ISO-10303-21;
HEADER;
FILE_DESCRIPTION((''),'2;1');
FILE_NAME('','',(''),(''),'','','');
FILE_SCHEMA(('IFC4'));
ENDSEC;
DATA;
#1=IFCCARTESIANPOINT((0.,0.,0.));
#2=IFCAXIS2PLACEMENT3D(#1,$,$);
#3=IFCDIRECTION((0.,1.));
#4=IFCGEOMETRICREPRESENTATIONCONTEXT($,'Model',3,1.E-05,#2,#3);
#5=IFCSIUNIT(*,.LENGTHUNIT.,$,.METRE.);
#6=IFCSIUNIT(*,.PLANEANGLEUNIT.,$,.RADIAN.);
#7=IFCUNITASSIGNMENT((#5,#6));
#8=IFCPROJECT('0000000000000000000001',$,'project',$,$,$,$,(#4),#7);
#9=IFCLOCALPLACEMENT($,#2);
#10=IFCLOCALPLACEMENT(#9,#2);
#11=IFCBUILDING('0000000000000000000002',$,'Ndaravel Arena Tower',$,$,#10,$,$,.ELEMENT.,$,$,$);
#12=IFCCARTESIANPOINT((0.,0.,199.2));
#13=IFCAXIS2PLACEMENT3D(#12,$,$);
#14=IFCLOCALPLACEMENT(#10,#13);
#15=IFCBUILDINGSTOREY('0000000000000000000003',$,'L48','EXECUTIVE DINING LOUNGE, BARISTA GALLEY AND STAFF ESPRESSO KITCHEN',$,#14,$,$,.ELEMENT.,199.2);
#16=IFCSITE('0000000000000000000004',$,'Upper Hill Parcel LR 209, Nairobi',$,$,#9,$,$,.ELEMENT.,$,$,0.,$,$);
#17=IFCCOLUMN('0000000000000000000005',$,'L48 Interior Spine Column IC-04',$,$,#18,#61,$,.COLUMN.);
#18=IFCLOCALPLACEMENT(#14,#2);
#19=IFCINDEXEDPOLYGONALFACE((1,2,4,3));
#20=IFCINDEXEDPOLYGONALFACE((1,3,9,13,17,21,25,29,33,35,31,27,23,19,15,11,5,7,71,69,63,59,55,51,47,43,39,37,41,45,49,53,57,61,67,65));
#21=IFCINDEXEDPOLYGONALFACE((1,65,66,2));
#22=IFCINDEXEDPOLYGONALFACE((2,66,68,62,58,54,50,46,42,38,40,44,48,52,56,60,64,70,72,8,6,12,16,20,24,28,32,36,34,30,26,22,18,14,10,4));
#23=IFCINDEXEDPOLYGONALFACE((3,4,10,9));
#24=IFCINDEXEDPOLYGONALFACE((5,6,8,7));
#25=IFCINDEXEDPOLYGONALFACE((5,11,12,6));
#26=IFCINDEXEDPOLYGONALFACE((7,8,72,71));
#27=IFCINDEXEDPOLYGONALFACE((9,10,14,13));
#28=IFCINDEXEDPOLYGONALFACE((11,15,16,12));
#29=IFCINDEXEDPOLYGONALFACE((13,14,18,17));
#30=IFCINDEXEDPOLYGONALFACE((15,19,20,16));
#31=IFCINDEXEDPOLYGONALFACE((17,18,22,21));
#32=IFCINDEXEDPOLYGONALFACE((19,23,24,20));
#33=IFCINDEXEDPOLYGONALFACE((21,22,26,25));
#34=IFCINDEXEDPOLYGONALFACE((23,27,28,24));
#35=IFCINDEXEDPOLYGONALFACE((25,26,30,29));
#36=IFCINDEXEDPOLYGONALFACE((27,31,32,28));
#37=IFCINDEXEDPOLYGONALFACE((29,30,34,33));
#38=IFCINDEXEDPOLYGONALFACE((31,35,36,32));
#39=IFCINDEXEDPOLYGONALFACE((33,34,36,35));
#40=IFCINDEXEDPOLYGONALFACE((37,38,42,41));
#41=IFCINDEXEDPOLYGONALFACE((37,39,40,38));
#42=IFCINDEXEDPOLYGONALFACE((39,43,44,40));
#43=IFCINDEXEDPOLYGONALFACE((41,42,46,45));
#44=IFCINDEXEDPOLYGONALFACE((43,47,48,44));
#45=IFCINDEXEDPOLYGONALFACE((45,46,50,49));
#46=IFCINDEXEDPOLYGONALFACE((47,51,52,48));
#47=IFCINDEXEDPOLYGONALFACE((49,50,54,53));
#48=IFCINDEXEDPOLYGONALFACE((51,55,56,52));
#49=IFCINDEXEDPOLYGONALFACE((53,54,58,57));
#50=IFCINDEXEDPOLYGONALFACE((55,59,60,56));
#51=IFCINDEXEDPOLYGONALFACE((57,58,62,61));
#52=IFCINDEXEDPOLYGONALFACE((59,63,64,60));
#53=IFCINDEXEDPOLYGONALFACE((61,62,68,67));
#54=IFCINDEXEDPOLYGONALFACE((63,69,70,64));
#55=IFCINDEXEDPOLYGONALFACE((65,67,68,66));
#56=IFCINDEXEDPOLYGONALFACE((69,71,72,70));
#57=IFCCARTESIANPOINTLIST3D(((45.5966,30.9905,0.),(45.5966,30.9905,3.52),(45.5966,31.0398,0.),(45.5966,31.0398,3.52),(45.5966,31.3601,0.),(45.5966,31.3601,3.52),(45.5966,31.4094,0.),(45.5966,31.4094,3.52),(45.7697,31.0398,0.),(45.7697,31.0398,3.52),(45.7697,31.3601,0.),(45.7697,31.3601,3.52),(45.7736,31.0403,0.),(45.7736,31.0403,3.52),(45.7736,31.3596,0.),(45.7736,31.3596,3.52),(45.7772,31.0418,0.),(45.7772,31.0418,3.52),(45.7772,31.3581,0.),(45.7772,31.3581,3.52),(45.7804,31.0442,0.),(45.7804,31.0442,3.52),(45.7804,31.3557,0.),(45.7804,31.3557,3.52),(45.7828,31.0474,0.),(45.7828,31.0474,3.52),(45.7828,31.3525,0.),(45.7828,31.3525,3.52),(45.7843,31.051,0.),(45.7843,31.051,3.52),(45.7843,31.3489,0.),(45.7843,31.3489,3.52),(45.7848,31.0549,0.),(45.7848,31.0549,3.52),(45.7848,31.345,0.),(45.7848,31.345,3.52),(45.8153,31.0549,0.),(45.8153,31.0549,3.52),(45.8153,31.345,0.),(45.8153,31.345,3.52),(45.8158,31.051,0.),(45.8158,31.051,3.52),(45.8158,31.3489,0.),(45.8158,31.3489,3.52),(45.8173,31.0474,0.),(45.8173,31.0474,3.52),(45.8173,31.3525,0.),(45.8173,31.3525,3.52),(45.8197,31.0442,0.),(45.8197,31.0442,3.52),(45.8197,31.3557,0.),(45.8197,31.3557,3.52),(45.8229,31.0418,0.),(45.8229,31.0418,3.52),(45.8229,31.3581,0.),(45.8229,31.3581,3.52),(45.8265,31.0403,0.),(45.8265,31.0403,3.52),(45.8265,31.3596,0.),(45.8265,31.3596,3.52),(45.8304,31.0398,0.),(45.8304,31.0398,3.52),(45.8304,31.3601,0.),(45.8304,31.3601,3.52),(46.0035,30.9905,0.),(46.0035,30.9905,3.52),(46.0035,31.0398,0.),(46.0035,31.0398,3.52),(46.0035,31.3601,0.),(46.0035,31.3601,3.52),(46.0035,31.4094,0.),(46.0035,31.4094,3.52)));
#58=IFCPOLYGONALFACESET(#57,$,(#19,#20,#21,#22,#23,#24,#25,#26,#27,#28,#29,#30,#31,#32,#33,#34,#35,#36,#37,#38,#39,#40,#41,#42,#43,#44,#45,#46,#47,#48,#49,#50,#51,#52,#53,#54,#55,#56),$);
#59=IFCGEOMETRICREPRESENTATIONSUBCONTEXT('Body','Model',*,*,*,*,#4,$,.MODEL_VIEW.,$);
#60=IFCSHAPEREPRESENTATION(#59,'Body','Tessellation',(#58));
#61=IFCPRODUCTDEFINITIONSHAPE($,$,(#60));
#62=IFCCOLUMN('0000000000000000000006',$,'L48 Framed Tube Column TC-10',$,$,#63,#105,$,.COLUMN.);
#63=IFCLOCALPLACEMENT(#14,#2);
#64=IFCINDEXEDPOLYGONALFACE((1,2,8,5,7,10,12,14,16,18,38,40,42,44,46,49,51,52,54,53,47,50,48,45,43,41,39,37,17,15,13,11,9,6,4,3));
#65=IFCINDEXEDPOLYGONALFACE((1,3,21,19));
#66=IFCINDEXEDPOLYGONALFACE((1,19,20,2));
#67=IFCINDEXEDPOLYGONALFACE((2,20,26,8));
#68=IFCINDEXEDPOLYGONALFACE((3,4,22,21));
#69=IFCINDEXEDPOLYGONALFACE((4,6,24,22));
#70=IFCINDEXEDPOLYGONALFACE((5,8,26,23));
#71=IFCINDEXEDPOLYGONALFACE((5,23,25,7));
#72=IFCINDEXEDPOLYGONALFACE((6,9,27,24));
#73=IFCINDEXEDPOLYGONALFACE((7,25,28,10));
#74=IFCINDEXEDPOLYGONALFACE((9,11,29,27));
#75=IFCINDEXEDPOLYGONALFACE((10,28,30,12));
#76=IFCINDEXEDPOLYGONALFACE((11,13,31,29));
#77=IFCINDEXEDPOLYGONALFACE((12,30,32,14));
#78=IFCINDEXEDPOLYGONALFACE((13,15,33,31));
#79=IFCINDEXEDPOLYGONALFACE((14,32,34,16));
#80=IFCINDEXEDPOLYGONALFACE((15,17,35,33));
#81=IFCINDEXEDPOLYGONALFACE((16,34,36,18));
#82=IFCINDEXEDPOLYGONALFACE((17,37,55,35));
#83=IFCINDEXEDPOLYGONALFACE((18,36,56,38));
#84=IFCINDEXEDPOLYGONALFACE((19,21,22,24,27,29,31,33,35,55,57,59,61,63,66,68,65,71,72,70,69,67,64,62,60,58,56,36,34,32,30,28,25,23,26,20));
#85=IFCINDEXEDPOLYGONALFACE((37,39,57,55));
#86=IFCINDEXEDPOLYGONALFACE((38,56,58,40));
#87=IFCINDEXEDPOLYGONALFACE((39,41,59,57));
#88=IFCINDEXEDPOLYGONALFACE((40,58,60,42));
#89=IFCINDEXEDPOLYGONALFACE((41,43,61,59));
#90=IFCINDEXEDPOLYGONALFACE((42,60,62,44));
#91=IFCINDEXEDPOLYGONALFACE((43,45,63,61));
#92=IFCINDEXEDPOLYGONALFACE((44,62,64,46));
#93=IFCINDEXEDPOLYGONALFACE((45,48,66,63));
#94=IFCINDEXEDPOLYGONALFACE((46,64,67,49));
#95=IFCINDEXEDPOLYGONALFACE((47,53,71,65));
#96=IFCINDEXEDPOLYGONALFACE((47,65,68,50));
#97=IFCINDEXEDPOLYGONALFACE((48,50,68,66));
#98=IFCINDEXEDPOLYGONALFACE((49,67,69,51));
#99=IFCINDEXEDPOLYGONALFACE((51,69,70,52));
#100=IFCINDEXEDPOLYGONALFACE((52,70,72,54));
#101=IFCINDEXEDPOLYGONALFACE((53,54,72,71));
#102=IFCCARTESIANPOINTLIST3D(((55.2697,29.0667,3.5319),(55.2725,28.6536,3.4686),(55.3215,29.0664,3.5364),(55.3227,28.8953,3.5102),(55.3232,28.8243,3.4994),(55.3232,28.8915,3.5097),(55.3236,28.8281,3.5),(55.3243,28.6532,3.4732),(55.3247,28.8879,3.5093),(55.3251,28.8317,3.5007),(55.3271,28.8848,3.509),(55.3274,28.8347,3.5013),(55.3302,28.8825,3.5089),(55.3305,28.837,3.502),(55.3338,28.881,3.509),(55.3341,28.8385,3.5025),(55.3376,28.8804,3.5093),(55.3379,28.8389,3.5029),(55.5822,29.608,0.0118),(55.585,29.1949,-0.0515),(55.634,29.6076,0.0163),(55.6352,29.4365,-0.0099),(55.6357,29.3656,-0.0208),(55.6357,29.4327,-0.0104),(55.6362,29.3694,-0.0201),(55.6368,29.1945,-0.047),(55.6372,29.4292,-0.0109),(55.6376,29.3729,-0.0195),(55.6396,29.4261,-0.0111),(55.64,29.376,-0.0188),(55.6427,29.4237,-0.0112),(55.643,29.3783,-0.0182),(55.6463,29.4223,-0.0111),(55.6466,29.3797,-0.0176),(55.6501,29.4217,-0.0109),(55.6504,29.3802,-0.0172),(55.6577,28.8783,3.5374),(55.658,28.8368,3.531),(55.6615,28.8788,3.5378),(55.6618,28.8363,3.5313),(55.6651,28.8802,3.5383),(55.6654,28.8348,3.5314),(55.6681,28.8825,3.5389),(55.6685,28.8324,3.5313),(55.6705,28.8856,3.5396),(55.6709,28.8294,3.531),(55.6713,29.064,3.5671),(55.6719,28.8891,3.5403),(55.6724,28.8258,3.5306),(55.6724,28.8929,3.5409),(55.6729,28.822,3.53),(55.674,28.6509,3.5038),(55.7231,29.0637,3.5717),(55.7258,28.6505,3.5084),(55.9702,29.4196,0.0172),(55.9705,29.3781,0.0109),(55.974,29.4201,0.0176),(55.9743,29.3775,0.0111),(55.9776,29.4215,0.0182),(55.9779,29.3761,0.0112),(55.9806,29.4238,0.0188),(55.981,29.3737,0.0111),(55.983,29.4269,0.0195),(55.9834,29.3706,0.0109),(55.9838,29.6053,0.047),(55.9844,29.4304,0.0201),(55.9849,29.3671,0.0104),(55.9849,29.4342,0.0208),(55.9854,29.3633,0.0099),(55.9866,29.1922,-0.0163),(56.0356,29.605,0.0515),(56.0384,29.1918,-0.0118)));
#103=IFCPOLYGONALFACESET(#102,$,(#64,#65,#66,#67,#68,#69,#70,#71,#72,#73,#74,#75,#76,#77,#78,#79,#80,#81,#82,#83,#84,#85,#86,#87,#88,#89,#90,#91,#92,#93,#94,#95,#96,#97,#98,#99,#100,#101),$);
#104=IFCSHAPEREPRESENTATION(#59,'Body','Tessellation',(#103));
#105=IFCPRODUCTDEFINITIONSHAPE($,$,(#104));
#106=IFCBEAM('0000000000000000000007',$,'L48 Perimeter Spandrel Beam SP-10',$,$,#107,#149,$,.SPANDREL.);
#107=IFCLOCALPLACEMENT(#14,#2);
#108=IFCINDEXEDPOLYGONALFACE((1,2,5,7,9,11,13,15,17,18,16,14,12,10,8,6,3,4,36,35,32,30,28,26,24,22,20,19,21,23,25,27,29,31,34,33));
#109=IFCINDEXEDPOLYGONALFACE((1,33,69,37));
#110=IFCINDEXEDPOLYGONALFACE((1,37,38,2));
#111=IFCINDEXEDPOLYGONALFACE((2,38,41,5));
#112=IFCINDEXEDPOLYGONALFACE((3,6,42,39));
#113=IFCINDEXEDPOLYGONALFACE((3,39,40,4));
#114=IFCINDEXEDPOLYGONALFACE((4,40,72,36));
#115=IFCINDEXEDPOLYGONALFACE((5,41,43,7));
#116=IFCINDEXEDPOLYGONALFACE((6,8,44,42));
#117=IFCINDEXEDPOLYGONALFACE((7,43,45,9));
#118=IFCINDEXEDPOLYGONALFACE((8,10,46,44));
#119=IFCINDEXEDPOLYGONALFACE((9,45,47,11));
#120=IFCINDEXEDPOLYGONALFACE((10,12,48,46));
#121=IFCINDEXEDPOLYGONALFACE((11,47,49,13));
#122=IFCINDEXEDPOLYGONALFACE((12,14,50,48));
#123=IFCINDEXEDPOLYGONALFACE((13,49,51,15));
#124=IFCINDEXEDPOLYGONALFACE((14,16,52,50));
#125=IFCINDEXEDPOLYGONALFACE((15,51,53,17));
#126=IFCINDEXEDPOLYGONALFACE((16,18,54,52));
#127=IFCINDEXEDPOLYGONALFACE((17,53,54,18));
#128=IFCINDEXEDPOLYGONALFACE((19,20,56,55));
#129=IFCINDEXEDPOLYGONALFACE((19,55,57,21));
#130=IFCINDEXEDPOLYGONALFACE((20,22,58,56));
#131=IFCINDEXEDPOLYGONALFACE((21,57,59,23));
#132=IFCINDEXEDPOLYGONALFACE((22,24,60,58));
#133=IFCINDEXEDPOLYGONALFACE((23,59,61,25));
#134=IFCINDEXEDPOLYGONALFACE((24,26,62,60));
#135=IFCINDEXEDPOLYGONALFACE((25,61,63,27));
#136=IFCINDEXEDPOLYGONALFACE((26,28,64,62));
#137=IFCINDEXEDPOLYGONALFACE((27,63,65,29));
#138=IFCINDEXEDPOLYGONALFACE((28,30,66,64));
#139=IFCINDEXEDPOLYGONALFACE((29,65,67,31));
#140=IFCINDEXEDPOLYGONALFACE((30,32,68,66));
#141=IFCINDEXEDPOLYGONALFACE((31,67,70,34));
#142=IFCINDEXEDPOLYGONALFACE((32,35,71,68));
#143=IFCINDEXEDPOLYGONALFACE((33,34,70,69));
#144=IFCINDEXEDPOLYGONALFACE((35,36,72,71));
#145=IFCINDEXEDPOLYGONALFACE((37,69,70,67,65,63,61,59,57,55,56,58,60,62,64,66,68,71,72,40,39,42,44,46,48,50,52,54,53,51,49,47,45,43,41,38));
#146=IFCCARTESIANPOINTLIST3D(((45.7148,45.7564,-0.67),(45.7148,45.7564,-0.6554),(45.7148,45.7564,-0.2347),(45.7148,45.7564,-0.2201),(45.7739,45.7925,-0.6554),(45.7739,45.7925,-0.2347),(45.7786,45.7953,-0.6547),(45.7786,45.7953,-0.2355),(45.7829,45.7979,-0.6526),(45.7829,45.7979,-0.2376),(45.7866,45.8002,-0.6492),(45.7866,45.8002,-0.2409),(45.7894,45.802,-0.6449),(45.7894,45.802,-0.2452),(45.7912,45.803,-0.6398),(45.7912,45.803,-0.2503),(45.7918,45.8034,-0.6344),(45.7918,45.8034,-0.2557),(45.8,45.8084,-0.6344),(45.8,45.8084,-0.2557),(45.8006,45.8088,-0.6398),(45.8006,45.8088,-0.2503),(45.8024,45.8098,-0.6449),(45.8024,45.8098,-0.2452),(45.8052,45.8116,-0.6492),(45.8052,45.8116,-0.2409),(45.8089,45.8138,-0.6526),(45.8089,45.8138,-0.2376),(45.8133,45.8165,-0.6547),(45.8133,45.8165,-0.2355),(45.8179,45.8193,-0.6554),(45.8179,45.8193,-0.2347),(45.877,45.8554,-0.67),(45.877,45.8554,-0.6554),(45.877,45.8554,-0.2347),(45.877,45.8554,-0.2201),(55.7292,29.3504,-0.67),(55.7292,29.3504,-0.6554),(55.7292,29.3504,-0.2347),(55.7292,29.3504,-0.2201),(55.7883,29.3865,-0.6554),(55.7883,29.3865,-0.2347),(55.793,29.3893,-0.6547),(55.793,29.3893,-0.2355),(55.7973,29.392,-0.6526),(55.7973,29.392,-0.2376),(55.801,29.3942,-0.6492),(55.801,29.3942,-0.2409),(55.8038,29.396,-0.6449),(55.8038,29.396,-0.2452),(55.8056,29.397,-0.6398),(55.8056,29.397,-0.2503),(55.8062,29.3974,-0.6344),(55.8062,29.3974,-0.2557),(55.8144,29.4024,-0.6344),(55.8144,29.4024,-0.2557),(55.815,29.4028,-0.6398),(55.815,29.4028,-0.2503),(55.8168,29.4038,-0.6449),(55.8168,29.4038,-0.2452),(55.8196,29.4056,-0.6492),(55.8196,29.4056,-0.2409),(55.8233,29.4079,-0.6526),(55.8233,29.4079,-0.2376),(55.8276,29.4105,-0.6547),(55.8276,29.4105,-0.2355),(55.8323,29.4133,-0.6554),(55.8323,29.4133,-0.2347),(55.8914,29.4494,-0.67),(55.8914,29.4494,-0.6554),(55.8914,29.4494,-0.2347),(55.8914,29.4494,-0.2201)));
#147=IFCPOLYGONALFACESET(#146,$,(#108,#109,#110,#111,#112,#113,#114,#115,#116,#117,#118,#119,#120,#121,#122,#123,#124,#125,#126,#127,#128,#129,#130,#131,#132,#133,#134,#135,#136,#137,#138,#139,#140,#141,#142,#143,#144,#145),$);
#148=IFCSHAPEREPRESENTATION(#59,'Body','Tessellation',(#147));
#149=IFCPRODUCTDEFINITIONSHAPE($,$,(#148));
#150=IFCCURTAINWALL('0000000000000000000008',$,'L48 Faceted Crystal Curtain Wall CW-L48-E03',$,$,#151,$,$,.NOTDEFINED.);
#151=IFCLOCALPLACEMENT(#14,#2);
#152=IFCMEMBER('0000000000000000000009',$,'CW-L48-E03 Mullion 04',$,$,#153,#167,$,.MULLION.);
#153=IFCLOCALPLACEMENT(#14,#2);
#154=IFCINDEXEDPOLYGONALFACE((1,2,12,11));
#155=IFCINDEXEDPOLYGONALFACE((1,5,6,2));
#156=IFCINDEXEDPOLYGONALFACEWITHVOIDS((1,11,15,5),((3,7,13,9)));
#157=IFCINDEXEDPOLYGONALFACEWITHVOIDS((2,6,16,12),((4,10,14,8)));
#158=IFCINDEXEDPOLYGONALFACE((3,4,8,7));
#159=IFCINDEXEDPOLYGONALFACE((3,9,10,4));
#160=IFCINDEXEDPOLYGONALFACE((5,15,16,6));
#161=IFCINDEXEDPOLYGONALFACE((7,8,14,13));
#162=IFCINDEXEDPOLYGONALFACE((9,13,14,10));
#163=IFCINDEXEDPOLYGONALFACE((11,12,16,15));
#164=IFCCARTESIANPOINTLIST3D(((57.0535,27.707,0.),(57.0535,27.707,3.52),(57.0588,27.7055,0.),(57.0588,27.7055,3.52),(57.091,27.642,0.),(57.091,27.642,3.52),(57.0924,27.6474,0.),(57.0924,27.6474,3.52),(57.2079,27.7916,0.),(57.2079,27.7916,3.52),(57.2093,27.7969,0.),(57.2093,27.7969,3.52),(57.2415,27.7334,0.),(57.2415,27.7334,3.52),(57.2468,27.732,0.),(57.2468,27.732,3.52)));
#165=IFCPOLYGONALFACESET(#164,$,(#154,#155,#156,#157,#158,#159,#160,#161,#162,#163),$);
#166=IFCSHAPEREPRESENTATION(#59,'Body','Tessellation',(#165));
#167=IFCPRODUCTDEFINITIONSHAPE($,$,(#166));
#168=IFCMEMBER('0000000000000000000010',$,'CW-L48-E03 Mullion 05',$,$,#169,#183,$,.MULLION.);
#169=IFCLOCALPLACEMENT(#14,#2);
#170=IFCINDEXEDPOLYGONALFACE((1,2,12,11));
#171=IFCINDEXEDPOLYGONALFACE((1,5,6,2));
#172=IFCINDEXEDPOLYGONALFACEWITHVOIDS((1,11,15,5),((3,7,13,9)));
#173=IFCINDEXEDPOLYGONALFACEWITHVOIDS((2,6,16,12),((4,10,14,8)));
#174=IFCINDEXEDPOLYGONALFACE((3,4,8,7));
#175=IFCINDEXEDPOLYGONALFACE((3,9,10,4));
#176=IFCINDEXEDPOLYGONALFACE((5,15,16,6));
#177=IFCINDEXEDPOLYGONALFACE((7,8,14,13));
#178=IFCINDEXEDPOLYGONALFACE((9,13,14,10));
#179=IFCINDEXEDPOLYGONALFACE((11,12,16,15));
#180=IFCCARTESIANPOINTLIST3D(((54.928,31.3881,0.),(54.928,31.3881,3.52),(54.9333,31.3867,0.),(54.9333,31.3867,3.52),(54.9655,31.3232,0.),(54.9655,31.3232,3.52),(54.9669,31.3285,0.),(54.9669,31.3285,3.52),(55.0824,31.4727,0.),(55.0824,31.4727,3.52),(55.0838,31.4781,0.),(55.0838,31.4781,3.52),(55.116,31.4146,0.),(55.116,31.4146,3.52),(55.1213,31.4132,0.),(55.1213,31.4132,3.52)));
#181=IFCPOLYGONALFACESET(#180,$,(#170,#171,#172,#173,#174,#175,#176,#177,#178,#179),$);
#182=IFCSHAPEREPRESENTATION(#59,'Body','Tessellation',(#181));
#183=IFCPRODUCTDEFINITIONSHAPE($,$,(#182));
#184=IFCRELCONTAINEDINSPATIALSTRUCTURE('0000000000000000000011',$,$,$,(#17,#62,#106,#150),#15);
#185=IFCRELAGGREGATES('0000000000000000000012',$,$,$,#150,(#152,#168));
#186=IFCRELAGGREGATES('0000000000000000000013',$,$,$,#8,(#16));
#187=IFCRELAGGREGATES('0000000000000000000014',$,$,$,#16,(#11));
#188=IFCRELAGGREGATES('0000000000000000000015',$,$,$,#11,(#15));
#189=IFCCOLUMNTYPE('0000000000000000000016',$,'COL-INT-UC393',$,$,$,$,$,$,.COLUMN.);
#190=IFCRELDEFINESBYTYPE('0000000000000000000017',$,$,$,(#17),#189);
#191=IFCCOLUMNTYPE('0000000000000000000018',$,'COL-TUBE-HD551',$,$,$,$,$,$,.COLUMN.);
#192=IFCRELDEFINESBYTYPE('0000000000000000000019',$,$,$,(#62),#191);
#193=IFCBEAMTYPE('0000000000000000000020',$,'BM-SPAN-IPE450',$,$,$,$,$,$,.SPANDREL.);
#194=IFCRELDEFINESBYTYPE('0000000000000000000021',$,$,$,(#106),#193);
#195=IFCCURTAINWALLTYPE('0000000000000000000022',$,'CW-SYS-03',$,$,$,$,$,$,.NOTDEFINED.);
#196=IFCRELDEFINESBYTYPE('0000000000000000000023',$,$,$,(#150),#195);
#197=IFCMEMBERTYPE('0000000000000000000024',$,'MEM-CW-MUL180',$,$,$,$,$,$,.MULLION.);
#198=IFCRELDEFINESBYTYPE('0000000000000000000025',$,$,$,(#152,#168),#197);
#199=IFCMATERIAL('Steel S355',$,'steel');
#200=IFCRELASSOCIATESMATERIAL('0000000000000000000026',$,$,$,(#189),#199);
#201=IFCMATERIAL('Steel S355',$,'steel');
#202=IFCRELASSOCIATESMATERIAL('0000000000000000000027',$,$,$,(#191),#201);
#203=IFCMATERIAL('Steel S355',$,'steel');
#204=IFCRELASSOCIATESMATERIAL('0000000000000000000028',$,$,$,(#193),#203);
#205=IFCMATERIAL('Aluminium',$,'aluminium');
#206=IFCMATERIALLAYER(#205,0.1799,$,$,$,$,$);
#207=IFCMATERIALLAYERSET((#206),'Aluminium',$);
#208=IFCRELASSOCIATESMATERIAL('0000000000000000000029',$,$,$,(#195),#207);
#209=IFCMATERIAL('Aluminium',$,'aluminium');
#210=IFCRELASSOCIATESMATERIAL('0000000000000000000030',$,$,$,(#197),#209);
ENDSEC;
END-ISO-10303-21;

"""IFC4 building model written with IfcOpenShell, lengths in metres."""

from ifc_helpers import new_model, si_unit, direction, frame, origin, origin_2d, place, context, subcontext, project, spatial, hollow_rectangle, i_section, extrude, material, layer, layer_set, material_profile, profile_set, type_object, element, aggregate, save


model = new_model("IFC4")

# Units and contexts
model_context = context("Model", 3, precision=1e-05, world=origin(), true_north=direction((0.0, 1.0)))
body_context = subcontext(model_context, "Body", "Model", "MODEL_VIEW")
ifc_project = project(units=[si_unit("LENGTHUNIT", "METRE"), si_unit("PLANEANGLEUNIT", "RADIAN")], contexts=[model_context])

# Site, building, storey
site_placement = place(None, origin())
site = spatial("IfcSite", under=ifc_project, at=site_placement, Name="Upper Hill Parcel LR 209, Nairobi", CompositionType="ELEMENT", RefElevation=0.0)
building_placement = place(site_placement, origin())
building = spatial("IfcBuilding", under=site, at=building_placement, Name="Ndaravel Arena Tower", CompositionType="ELEMENT")
storey_placement = place(building_placement, frame((0.0, 0.0, 199.2)))
storey = spatial("IfcBuildingStorey", under=building, at=storey_placement, Name="L48", Description="EXECUTIVE DINING LOUNGE, BARISTA GALLEY AND STAFF ESPRESSO KITCHEN", CompositionType="ELEMENT", Elevation=199.2)

# Columns
ifc_material_1 = material(Name="Steel S355", Category="steel")
ifc_material_profile_1 = material_profile(ifc_material_1, i_section(OverallWidth=0.407, OverallDepth=0.4189, WebThickness=0.0305, FlangeThickness=0.0493, FilletRadius=0.0151, at=origin_2d()), Name="UC 356x406x393")
ifc_profile_set_1 = profile_set([ifc_material_profile_1], Name="Steel S355")
column_type_1 = type_object("IfcColumnType", Name="COL-INT-UC393", PredefinedType="COLUMN", material=ifc_profile_set_1)
column_1_placement = place(storey_placement, frame((45.8, 31.2, 0.0), z_axis=(0.0, 0.0, 1.0), x_axis=(1.0, 0.0, 0.0)))
element("IfcColumn", 1, at=column_1_placement, inside=storey, type_object=column_type_1, Name="L48 Interior Spine Column IC-04", PredefinedType="COLUMN", context=body_context, shape_type="SweptSolid", body=[
    extrude(i_section(OverallWidth=0.407, OverallDepth=0.4189, WebThickness=0.0305, FlangeThickness=0.0493, FilletRadius=0.0151, at=origin_2d()), origin(), (0.0, 0.0, 1.0), 3.52),
])
ifc_material_2 = material(Name="Steel S355", Category="steel")
ifc_material_profile_2 = material_profile(ifc_material_2, i_section(OverallWidth=0.418, OverallDepth=0.4551, WebThickness=0.042, FlangeThickness=0.052, FilletRadius=0.0149, at=origin_2d()), Name="HD 400x551")
ifc_profile_set_2 = profile_set([ifc_material_profile_2], Name="Steel S355")
column_type_2 = type_object("IfcColumnType", Name="COL-TUBE-HD551", PredefinedType="COLUMN", material=ifc_profile_set_2)
column_2_placement = place(storey_placement, frame((55.8103, 29.3999, 0.0), z_axis=(-0.087411, -0.151398, 0.9846), x_axis=(-0.006663, 0.98845, 0.151399)))
element("IfcColumn", 2, at=column_2_placement, inside=storey, type_object=column_type_2, Name="L48 Framed Tube Column TC-10", PredefinedType="COLUMN", context=body_context, shape_type="SweptSolid", body=[
    extrude(i_section(OverallWidth=0.418, OverallDepth=0.4551, WebThickness=0.042, FlangeThickness=0.052, FilletRadius=0.0149, at=origin_2d()), origin(), (0.0, 0.0, 1.0), 3.5752),
])

# Beam
ifc_material_3 = material(Name="Steel S355", Category="steel")
ifc_material_profile_3 = material_profile(ifc_material_3, i_section(OverallWidth=0.1899, OverallDepth=0.45, WebThickness=0.0095, FlangeThickness=0.0146, FilletRadius=0.021, at=origin_2d()), Name="IPE 450")
ifc_profile_set_3 = profile_set([ifc_material_profile_3], Name="Steel S355")
beam_type = type_object("IfcBeamType", Name="BM-SPAN-IPE450", PredefinedType="SPANDREL", material=ifc_profile_set_3)
beam_placement = place(storey_placement, frame((55.8103, 29.3999, -0.4451), z_axis=(-0.521015, 0.853548, 0.0), x_axis=(-0.853548, -0.521015, 0.0)))
element("IfcBeam", 3, at=beam_placement, inside=storey, type_object=beam_type, Name="L48 Perimeter Spandrel Beam SP-10", PredefinedType="SPANDREL", context=body_context, shape_type="SweptSolid", body=[
    extrude(i_section(OverallWidth=0.1899, OverallDepth=0.45, WebThickness=0.0095, FlangeThickness=0.0146, FilletRadius=0.021, at=origin_2d()), origin(), (0.0, 0.0, 1.0), 19.2209),
])

# Curtain wall, members
ifc_material_4 = material(Name="Aluminium", Category="aluminium")
ifc_layer_1 = layer(ifc_material_4, 0.1799)
ifc_layer_set_1 = layer_set([ifc_layer_1], Name="Aluminium")
curtain_wall_type = type_object("IfcCurtainWallType", Name="CW-SYS-03", PredefinedType="NOTDEFINED", material=ifc_layer_set_1)
curtain_wall_placement = place(storey_placement, origin())
curtain_wall = element("IfcCurtainWall", 4, at=curtain_wall_placement, inside=storey, type_object=curtain_wall_type, Name="L48 Faceted Crystal Curtain Wall CW-L48-E03", PredefinedType="NOTDEFINED")
ifc_material_5 = material(Name="Aluminium", Category="aluminium")
ifc_material_profile_4 = material_profile(ifc_material_5, hollow_rectangle(XDim=0.075, YDim=0.1799, WallThickness=0.0039, at=origin_2d()), Name="CW MULLION 75x180x4")
ifc_profile_set_4 = profile_set([ifc_material_profile_4], Name="Aluminium")
member_type = type_object("IfcMemberType", Name="MEM-CW-MUL180", PredefinedType="MULLION", material=ifc_profile_set_4)
member_1_placement = place(storey_placement, frame((57.1501, 27.7195, 0.0), z_axis=(0.0, 0.0, 1.0), x_axis=(-0.5, 0.866025, 0.0)))
member_1 = element("IfcMember", 5, at=member_1_placement, type_object=member_type, Name="CW-L48-E03 Mullion 04", PredefinedType="MULLION", context=body_context, shape_type="SweptSolid", body=[
    extrude(hollow_rectangle(XDim=0.075, YDim=0.1799, WallThickness=0.0039, at=origin_2d()), origin(), (0.0, 0.0, 1.0), 3.52),
])
member_2_placement = place(storey_placement, frame((55.0247, 31.4006, 0.0), z_axis=(0.0, 0.0, 1.0), x_axis=(-0.5, 0.866025, 0.0)))
member_2 = element("IfcMember", 6, at=member_2_placement, type_object=member_type, Name="CW-L48-E03 Mullion 05", PredefinedType="MULLION", context=body_context, shape_type="SweptSolid", body=[
    extrude(hollow_rectangle(XDim=0.075, YDim=0.1799, WallThickness=0.0039, at=origin_2d()), origin(), (0.0, 0.0, 1.0), 3.52),
])
aggregate(curtain_wall, [member_1, member_2])

save(model, "model.ifc")
